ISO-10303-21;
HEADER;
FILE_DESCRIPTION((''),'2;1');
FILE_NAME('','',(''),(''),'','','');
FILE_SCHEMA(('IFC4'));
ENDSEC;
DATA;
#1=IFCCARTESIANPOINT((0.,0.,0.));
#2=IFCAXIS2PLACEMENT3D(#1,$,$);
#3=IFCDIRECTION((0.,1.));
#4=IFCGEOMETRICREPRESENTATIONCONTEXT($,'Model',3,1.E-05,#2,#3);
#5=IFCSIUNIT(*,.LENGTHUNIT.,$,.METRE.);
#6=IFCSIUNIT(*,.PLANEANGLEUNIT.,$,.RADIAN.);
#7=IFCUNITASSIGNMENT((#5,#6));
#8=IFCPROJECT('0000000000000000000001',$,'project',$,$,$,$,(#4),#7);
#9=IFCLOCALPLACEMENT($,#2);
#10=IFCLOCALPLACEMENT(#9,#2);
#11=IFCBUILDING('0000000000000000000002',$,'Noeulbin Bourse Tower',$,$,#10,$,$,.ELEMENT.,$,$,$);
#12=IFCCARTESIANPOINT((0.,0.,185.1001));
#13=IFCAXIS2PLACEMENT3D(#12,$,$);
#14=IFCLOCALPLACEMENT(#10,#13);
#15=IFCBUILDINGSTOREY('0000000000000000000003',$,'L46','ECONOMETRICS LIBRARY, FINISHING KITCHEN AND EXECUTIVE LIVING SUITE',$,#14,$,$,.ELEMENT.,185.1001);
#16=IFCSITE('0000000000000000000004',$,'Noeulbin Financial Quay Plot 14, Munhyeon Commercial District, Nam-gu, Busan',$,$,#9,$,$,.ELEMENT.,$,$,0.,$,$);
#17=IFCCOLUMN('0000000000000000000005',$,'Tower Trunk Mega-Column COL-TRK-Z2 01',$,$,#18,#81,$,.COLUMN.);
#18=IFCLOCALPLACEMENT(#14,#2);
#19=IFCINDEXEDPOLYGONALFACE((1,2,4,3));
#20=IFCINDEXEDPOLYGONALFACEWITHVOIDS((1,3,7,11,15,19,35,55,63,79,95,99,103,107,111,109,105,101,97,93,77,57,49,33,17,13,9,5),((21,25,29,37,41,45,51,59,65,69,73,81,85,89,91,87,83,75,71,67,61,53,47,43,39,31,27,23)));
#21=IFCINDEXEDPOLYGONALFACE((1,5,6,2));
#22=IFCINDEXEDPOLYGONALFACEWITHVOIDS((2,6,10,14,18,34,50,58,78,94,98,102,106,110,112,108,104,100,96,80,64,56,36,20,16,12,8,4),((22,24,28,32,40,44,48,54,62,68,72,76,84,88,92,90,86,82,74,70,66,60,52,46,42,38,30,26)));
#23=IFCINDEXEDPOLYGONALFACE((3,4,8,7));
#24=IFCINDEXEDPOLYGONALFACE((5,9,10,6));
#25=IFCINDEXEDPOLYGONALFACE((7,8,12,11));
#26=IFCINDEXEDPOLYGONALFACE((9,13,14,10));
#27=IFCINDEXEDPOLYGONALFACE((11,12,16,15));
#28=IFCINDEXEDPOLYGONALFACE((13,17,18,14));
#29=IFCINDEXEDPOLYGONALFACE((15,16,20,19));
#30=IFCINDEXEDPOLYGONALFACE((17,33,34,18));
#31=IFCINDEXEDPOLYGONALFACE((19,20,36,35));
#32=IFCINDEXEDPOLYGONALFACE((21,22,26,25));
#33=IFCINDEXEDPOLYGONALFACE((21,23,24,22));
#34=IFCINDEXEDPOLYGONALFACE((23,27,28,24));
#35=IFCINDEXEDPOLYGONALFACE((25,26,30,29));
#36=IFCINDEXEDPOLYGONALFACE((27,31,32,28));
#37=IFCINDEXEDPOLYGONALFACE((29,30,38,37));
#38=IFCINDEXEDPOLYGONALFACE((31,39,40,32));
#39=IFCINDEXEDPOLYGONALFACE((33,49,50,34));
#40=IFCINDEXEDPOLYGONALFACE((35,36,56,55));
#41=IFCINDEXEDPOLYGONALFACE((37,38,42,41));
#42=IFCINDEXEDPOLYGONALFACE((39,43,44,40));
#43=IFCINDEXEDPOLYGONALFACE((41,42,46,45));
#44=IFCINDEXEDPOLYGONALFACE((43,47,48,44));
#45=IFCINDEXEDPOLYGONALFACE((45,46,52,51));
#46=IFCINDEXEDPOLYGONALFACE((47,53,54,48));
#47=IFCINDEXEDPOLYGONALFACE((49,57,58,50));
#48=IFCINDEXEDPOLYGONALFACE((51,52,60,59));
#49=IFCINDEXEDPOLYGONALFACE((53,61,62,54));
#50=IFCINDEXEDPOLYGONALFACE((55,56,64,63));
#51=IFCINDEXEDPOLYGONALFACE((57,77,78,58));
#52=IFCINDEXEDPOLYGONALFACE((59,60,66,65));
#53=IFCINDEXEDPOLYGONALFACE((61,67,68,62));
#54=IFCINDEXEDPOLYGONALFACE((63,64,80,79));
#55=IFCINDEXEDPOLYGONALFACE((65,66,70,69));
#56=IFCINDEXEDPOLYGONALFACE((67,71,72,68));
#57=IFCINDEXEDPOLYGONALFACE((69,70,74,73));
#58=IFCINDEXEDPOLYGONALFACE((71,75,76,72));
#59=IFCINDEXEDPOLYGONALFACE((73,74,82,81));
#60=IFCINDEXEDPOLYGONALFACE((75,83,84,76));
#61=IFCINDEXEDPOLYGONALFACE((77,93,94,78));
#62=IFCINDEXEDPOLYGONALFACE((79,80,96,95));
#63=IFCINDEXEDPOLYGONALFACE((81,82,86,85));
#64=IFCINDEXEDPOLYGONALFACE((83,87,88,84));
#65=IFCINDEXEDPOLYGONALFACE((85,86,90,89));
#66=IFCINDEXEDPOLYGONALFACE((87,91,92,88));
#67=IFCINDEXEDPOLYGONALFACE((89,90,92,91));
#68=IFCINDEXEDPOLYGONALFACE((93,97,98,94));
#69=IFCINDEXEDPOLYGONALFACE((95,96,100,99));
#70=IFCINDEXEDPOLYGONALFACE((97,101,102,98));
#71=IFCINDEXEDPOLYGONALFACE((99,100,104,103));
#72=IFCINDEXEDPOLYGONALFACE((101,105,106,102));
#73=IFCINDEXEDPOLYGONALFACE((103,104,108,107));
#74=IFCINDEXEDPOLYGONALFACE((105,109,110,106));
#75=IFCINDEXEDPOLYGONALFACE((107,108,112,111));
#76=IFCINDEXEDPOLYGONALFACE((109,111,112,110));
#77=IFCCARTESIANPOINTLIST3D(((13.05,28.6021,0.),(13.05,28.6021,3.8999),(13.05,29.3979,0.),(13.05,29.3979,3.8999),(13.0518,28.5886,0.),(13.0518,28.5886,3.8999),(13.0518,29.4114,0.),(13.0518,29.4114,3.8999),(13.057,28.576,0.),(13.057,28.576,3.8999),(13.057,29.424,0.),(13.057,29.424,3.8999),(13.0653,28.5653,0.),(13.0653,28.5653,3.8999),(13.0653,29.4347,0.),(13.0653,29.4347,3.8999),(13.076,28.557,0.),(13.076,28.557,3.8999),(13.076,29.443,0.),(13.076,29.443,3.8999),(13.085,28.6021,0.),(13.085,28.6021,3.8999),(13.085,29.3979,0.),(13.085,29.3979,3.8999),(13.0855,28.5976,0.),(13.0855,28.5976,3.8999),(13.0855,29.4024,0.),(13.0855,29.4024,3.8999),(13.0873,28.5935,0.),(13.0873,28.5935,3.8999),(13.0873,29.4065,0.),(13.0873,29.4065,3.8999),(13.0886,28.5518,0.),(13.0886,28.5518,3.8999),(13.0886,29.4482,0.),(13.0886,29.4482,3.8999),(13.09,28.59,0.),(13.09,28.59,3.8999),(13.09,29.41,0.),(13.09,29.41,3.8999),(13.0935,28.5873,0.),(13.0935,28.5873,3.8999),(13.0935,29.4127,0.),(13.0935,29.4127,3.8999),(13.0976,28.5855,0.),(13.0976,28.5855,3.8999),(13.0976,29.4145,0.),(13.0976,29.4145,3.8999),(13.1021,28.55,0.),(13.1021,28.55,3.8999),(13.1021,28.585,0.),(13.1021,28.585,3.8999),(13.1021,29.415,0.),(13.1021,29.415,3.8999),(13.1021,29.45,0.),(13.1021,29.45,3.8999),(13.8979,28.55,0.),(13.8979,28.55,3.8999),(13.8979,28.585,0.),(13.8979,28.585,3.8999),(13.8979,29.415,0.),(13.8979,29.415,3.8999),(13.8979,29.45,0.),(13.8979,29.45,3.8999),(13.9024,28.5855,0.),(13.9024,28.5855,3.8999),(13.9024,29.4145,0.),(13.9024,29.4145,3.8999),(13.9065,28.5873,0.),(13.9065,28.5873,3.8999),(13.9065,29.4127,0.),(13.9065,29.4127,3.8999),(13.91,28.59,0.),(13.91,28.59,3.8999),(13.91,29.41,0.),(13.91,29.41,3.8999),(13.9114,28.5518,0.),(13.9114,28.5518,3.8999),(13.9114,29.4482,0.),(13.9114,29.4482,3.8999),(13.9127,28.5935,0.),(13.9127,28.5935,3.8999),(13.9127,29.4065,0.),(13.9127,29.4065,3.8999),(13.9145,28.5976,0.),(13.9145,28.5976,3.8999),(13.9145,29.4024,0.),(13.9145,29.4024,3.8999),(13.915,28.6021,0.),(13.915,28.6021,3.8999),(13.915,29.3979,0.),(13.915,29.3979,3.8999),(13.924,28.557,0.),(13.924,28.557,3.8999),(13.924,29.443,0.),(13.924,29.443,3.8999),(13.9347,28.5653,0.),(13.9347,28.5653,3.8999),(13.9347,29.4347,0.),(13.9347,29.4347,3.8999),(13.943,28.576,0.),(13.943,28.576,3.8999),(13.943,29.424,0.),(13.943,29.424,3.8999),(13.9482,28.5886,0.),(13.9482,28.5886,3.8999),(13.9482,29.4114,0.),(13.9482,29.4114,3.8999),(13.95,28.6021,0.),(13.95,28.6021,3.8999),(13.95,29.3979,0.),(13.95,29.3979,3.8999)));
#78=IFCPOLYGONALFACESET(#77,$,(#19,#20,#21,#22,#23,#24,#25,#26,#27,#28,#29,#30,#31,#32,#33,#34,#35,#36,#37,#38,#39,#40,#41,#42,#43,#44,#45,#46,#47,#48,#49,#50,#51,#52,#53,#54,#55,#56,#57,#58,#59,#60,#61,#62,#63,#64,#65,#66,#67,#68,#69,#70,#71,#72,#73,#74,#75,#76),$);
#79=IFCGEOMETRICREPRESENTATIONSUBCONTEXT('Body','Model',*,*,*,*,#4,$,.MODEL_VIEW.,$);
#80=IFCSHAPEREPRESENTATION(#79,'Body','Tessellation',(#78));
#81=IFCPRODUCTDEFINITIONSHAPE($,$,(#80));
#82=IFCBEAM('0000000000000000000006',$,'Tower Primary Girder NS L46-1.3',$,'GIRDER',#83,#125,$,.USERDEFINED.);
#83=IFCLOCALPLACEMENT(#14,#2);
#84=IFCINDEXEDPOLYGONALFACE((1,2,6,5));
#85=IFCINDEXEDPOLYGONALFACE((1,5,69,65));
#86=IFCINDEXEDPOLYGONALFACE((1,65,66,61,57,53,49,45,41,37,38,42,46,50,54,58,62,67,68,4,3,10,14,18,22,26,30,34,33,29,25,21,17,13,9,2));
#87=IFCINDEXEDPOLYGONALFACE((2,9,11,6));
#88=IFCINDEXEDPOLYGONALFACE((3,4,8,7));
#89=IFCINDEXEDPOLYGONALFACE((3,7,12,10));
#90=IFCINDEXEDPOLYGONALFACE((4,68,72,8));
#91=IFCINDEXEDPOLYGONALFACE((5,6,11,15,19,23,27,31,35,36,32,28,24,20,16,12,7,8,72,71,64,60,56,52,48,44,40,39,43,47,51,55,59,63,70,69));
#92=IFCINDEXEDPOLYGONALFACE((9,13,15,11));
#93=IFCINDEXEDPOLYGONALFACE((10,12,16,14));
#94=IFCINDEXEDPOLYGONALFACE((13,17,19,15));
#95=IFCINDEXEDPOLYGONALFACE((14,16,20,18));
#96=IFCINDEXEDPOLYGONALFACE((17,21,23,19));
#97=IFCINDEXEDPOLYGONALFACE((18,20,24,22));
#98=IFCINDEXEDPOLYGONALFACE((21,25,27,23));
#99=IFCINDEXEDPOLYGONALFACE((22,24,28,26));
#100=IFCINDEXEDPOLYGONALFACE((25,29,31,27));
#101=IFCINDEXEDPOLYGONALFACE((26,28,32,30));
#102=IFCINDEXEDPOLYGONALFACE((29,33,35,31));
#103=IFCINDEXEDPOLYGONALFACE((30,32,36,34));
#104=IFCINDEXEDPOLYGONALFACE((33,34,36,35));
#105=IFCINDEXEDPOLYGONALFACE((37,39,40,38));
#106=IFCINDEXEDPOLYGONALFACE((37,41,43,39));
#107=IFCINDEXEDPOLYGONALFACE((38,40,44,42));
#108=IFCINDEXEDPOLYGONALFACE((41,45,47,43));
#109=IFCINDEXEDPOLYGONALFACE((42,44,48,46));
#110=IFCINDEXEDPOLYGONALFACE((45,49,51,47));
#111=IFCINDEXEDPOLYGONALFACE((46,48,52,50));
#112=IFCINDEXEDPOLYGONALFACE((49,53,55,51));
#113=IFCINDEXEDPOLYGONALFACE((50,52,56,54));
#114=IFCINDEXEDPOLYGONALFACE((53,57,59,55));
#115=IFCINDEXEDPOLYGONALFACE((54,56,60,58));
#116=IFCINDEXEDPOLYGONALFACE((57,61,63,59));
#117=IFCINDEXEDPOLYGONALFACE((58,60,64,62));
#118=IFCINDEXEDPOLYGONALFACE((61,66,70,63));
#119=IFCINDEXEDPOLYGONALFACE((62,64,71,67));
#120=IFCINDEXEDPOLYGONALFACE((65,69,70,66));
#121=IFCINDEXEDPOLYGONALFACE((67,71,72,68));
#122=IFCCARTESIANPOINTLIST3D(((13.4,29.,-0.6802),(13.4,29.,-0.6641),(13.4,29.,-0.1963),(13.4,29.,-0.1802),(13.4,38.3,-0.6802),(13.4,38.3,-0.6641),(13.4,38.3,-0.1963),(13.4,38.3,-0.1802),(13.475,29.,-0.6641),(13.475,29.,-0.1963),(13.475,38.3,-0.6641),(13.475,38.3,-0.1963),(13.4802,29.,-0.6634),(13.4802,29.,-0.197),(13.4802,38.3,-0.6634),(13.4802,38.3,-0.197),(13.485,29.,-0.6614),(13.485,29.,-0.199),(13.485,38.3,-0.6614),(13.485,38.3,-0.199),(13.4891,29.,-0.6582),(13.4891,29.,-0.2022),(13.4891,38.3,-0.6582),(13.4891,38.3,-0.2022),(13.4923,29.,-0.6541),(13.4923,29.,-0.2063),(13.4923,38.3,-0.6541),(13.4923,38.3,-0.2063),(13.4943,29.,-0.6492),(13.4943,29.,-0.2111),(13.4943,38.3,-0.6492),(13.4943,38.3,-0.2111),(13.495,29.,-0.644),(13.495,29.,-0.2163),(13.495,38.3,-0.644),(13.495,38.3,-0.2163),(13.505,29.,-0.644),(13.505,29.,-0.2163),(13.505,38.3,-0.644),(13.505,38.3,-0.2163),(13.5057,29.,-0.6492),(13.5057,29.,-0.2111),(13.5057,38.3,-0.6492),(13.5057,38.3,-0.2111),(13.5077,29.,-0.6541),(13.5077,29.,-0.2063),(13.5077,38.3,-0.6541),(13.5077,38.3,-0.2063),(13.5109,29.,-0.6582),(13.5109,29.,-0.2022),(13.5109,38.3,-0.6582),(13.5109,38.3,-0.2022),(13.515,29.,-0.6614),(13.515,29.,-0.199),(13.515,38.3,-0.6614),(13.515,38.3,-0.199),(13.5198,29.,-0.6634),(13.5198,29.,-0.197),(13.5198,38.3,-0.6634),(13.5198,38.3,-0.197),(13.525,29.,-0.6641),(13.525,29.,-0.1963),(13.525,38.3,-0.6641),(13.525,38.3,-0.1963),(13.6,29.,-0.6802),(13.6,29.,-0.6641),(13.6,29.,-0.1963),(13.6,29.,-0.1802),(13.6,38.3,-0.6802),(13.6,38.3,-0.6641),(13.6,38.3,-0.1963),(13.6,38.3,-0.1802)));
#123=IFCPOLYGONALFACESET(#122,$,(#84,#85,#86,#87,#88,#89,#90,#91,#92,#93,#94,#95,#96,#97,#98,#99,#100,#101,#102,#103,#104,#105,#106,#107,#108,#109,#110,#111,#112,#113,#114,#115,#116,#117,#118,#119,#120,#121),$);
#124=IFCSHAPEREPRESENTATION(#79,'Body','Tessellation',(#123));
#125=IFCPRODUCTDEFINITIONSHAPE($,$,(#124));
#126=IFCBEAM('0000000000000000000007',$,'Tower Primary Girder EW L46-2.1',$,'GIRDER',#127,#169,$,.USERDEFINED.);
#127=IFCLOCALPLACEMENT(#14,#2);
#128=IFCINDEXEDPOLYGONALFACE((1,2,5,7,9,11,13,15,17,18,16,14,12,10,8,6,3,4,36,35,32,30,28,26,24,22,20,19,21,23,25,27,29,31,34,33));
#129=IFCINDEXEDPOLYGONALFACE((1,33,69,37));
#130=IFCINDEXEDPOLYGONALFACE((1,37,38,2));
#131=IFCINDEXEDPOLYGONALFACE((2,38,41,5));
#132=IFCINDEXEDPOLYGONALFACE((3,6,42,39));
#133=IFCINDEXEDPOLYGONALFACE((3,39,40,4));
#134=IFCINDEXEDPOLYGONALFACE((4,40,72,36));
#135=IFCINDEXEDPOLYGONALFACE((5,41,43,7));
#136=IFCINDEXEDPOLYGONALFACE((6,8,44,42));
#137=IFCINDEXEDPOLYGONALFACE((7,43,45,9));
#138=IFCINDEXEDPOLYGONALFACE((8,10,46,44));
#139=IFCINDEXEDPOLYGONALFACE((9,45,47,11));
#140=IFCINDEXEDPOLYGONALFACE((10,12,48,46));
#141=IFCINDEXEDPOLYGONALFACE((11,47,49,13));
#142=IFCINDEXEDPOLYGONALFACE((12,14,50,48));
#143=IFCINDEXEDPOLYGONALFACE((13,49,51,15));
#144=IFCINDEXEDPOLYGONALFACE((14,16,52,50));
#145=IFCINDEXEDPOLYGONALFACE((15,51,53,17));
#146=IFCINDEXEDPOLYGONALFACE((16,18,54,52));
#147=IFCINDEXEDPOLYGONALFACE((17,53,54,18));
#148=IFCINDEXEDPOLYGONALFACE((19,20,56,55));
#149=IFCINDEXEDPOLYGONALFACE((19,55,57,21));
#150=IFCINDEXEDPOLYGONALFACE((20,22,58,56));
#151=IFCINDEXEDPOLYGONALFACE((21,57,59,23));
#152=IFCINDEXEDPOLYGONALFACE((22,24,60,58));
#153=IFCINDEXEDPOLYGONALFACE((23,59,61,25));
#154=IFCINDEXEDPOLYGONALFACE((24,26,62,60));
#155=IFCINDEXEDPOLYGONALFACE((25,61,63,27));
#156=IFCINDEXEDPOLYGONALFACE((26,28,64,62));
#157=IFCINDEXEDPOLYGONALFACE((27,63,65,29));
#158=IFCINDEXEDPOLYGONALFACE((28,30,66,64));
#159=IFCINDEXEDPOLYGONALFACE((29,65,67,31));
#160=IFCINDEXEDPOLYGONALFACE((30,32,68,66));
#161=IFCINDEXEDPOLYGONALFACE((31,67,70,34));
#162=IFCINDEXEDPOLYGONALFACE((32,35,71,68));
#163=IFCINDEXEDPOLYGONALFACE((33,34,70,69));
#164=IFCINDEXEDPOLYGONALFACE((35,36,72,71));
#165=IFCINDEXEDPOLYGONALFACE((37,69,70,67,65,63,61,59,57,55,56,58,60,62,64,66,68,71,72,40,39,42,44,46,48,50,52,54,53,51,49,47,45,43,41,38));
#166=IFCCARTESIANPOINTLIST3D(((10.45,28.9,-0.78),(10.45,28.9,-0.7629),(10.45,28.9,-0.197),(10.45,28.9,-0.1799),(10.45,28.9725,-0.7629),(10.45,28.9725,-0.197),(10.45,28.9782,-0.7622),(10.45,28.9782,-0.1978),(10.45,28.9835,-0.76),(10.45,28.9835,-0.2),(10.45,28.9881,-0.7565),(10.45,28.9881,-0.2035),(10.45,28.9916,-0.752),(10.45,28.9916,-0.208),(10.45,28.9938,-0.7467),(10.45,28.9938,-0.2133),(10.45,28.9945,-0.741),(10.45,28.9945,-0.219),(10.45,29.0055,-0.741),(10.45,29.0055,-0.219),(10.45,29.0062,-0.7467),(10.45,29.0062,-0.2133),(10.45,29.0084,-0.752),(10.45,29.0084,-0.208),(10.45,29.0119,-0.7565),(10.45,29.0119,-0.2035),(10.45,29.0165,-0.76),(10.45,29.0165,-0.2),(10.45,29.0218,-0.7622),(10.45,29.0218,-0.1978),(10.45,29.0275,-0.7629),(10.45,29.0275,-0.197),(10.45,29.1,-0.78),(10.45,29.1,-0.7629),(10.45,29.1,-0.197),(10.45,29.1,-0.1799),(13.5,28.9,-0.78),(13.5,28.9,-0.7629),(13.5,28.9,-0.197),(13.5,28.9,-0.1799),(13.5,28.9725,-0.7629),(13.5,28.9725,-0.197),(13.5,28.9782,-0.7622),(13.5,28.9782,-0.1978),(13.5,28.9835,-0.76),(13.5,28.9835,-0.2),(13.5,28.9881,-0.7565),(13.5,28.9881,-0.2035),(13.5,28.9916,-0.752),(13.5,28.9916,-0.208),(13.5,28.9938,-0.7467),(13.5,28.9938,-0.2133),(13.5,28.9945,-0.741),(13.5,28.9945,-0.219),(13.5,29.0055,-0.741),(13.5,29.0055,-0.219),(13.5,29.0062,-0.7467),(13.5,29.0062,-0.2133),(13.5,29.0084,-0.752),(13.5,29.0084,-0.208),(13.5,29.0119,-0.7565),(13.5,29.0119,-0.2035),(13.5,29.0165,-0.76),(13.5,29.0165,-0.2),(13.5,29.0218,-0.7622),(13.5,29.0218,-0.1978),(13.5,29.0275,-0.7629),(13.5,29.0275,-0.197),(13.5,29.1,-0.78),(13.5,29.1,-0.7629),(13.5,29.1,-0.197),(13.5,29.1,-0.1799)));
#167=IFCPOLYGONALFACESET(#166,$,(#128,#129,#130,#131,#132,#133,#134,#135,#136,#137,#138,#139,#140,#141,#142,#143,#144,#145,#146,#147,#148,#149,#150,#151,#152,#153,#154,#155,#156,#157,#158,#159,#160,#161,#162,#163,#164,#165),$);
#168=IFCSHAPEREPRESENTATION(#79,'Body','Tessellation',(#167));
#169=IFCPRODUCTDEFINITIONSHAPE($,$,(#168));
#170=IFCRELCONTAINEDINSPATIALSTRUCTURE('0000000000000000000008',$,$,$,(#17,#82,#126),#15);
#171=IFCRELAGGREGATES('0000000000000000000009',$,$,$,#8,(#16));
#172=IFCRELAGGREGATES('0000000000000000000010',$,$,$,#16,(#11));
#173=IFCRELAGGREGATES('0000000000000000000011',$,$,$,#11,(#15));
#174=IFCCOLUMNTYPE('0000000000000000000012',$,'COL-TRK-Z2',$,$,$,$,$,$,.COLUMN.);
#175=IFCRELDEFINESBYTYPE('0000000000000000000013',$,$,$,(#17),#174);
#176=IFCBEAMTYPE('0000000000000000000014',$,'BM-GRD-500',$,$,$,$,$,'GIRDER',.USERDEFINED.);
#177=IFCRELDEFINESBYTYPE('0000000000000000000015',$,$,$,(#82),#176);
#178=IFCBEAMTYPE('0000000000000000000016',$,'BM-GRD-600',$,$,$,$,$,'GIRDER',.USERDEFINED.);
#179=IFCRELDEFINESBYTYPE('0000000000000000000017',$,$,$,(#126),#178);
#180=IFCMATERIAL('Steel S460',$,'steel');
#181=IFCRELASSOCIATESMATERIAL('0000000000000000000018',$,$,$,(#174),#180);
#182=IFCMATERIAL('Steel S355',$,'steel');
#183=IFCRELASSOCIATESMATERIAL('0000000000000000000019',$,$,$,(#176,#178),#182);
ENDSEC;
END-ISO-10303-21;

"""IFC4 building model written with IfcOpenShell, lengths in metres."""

from ifc_helpers import new_model, si_unit, direction, frame, origin, origin_2d, place, context, subcontext, project, spatial, hollow_rectangle, i_section, extrude, material, material_profile, profile_set, type_object, element, save


model = new_model("IFC4")

# Units and contexts
model_context = context("Model", 3, precision=1e-05, world=origin(), true_north=direction((0.0, 1.0)))
body_context = subcontext(model_context, "Body", "Model", "MODEL_VIEW")
ifc_project = project(units=[si_unit("LENGTHUNIT", "METRE"), si_unit("PLANEANGLEUNIT", "RADIAN")], contexts=[model_context])

# Site, building, storey
site_placement = place(None, origin())
site = spatial("IfcSite", under=ifc_project, at=site_placement, Name="Noeulbin Financial Quay Plot 14, Munhyeon Commercial District, Nam-gu, Busan", CompositionType="ELEMENT", RefElevation=0.0)
building_placement = place(site_placement, origin())
building = spatial("IfcBuilding", under=site, at=building_placement, Name="Noeulbin Bourse Tower", CompositionType="ELEMENT")
storey_placement = place(building_placement, frame((0.0, 0.0, 185.1001)))
storey = spatial("IfcBuildingStorey", under=building, at=storey_placement, Name="L46", Description="ECONOMETRICS LIBRARY, FINISHING KITCHEN AND EXECUTIVE LIVING SUITE", CompositionType="ELEMENT", Elevation=185.1001)

# Column
ifc_material_1 = material(Name="Steel S460", Category="steel")
ifc_material_profile_1 = material_profile(ifc_material_1, hollow_rectangle(XDim=0.8999, YDim=0.8999, WallThickness=0.0349, InnerFilletRadius=0.0171, OuterFilletRadius=0.052, at=origin_2d()), Name="BOX-900x900x35", Category="LoadBearing")
ifc_profile_set_1 = profile_set([ifc_material_profile_1], Name="Steel S460")
column_type = type_object("IfcColumnType", Name="COL-TRK-Z2", PredefinedType="COLUMN", material=ifc_profile_set_1)
column_placement = place(storey_placement, frame((13.5, 29.0, 0.0), z_axis=(0.0, 0.0, 1.0), x_axis=(1.0, 0.0, 0.0)))
element("IfcColumn", 1, at=column_placement, inside=storey, type_object=column_type, Name="Tower Trunk Mega-Column COL-TRK-Z2 01", PredefinedType="COLUMN", context=body_context, shape_type="SweptSolid", body=[
    extrude(hollow_rectangle(XDim=0.8999, YDim=0.8999, WallThickness=0.0349, InnerFilletRadius=0.0171, OuterFilletRadius=0.052, at=origin_2d()), origin(), (0.0, 0.0, 1.0), 3.8999),
])

# Beams
ifc_material_2 = material(Name="Steel S355", Category="steel")
ifc_material_profile_2 = material_profile(ifc_material_2, i_section(OverallWidth=0.2, OverallDepth=0.5, WebThickness=0.01, FlangeThickness=0.0161, FilletRadius=0.02, at=origin_2d()), Name="H-500x200x10x16", Category="LoadBearing")
ifc_profile_set_2 = profile_set([ifc_material_profile_2], Name="Steel S355")
beam_type_1 = type_object("IfcBeamType", Name="BM-GRD-500", ElementType="GIRDER", PredefinedType="USERDEFINED", material=ifc_profile_set_2)
beam_1_placement = place(storey_placement, frame((13.5, 29.0, -0.4302), z_axis=(0.0, 1.0, 0.0), x_axis=(-1.0, 0.0, 0.0)))
element("IfcBeam", 2, at=beam_1_placement, inside=storey, type_object=beam_type_1, Name="Tower Primary Girder NS L46-1.3", ObjectType="GIRDER", PredefinedType="USERDEFINED", context=body_context, shape_type="SweptSolid", body=[
    extrude(i_section(OverallWidth=0.2, OverallDepth=0.5, WebThickness=0.01, FlangeThickness=0.0161, FilletRadius=0.02, at=origin_2d()), origin(), (0.0, 0.0, 1.0), 9.3),
])
ifc_material_profile_3 = material_profile(ifc_material_2, i_section(OverallWidth=0.2, OverallDepth=0.6001, WebThickness=0.011, FlangeThickness=0.0171, FilletRadius=0.022, at=origin_2d()), Name="H-600x200x11x17", Category="LoadBearing")
ifc_profile_set_3 = profile_set([ifc_material_profile_3], Name="Steel S355")
beam_type_2 = type_object("IfcBeamType", Name="BM-GRD-600", ElementType="GIRDER", PredefinedType="USERDEFINED", material=ifc_profile_set_3)
beam_2_placement = place(storey_placement, frame((10.45, 29.0, -0.48), z_axis=(1.0, 0.0, 0.0), x_axis=(0.0, 1.0, 0.0)))
element("IfcBeam", 3, at=beam_2_placement, inside=storey, type_object=beam_type_2, Name="Tower Primary Girder EW L46-2.1", ObjectType="GIRDER", PredefinedType="USERDEFINED", context=body_context, shape_type="SweptSolid", body=[
    extrude(i_section(OverallWidth=0.2, OverallDepth=0.6001, WebThickness=0.011, FlangeThickness=0.0171, FilletRadius=0.022, at=origin_2d()), origin(), (0.0, 0.0, 1.0), 3.05),
])

save(model, "model.ifc")
